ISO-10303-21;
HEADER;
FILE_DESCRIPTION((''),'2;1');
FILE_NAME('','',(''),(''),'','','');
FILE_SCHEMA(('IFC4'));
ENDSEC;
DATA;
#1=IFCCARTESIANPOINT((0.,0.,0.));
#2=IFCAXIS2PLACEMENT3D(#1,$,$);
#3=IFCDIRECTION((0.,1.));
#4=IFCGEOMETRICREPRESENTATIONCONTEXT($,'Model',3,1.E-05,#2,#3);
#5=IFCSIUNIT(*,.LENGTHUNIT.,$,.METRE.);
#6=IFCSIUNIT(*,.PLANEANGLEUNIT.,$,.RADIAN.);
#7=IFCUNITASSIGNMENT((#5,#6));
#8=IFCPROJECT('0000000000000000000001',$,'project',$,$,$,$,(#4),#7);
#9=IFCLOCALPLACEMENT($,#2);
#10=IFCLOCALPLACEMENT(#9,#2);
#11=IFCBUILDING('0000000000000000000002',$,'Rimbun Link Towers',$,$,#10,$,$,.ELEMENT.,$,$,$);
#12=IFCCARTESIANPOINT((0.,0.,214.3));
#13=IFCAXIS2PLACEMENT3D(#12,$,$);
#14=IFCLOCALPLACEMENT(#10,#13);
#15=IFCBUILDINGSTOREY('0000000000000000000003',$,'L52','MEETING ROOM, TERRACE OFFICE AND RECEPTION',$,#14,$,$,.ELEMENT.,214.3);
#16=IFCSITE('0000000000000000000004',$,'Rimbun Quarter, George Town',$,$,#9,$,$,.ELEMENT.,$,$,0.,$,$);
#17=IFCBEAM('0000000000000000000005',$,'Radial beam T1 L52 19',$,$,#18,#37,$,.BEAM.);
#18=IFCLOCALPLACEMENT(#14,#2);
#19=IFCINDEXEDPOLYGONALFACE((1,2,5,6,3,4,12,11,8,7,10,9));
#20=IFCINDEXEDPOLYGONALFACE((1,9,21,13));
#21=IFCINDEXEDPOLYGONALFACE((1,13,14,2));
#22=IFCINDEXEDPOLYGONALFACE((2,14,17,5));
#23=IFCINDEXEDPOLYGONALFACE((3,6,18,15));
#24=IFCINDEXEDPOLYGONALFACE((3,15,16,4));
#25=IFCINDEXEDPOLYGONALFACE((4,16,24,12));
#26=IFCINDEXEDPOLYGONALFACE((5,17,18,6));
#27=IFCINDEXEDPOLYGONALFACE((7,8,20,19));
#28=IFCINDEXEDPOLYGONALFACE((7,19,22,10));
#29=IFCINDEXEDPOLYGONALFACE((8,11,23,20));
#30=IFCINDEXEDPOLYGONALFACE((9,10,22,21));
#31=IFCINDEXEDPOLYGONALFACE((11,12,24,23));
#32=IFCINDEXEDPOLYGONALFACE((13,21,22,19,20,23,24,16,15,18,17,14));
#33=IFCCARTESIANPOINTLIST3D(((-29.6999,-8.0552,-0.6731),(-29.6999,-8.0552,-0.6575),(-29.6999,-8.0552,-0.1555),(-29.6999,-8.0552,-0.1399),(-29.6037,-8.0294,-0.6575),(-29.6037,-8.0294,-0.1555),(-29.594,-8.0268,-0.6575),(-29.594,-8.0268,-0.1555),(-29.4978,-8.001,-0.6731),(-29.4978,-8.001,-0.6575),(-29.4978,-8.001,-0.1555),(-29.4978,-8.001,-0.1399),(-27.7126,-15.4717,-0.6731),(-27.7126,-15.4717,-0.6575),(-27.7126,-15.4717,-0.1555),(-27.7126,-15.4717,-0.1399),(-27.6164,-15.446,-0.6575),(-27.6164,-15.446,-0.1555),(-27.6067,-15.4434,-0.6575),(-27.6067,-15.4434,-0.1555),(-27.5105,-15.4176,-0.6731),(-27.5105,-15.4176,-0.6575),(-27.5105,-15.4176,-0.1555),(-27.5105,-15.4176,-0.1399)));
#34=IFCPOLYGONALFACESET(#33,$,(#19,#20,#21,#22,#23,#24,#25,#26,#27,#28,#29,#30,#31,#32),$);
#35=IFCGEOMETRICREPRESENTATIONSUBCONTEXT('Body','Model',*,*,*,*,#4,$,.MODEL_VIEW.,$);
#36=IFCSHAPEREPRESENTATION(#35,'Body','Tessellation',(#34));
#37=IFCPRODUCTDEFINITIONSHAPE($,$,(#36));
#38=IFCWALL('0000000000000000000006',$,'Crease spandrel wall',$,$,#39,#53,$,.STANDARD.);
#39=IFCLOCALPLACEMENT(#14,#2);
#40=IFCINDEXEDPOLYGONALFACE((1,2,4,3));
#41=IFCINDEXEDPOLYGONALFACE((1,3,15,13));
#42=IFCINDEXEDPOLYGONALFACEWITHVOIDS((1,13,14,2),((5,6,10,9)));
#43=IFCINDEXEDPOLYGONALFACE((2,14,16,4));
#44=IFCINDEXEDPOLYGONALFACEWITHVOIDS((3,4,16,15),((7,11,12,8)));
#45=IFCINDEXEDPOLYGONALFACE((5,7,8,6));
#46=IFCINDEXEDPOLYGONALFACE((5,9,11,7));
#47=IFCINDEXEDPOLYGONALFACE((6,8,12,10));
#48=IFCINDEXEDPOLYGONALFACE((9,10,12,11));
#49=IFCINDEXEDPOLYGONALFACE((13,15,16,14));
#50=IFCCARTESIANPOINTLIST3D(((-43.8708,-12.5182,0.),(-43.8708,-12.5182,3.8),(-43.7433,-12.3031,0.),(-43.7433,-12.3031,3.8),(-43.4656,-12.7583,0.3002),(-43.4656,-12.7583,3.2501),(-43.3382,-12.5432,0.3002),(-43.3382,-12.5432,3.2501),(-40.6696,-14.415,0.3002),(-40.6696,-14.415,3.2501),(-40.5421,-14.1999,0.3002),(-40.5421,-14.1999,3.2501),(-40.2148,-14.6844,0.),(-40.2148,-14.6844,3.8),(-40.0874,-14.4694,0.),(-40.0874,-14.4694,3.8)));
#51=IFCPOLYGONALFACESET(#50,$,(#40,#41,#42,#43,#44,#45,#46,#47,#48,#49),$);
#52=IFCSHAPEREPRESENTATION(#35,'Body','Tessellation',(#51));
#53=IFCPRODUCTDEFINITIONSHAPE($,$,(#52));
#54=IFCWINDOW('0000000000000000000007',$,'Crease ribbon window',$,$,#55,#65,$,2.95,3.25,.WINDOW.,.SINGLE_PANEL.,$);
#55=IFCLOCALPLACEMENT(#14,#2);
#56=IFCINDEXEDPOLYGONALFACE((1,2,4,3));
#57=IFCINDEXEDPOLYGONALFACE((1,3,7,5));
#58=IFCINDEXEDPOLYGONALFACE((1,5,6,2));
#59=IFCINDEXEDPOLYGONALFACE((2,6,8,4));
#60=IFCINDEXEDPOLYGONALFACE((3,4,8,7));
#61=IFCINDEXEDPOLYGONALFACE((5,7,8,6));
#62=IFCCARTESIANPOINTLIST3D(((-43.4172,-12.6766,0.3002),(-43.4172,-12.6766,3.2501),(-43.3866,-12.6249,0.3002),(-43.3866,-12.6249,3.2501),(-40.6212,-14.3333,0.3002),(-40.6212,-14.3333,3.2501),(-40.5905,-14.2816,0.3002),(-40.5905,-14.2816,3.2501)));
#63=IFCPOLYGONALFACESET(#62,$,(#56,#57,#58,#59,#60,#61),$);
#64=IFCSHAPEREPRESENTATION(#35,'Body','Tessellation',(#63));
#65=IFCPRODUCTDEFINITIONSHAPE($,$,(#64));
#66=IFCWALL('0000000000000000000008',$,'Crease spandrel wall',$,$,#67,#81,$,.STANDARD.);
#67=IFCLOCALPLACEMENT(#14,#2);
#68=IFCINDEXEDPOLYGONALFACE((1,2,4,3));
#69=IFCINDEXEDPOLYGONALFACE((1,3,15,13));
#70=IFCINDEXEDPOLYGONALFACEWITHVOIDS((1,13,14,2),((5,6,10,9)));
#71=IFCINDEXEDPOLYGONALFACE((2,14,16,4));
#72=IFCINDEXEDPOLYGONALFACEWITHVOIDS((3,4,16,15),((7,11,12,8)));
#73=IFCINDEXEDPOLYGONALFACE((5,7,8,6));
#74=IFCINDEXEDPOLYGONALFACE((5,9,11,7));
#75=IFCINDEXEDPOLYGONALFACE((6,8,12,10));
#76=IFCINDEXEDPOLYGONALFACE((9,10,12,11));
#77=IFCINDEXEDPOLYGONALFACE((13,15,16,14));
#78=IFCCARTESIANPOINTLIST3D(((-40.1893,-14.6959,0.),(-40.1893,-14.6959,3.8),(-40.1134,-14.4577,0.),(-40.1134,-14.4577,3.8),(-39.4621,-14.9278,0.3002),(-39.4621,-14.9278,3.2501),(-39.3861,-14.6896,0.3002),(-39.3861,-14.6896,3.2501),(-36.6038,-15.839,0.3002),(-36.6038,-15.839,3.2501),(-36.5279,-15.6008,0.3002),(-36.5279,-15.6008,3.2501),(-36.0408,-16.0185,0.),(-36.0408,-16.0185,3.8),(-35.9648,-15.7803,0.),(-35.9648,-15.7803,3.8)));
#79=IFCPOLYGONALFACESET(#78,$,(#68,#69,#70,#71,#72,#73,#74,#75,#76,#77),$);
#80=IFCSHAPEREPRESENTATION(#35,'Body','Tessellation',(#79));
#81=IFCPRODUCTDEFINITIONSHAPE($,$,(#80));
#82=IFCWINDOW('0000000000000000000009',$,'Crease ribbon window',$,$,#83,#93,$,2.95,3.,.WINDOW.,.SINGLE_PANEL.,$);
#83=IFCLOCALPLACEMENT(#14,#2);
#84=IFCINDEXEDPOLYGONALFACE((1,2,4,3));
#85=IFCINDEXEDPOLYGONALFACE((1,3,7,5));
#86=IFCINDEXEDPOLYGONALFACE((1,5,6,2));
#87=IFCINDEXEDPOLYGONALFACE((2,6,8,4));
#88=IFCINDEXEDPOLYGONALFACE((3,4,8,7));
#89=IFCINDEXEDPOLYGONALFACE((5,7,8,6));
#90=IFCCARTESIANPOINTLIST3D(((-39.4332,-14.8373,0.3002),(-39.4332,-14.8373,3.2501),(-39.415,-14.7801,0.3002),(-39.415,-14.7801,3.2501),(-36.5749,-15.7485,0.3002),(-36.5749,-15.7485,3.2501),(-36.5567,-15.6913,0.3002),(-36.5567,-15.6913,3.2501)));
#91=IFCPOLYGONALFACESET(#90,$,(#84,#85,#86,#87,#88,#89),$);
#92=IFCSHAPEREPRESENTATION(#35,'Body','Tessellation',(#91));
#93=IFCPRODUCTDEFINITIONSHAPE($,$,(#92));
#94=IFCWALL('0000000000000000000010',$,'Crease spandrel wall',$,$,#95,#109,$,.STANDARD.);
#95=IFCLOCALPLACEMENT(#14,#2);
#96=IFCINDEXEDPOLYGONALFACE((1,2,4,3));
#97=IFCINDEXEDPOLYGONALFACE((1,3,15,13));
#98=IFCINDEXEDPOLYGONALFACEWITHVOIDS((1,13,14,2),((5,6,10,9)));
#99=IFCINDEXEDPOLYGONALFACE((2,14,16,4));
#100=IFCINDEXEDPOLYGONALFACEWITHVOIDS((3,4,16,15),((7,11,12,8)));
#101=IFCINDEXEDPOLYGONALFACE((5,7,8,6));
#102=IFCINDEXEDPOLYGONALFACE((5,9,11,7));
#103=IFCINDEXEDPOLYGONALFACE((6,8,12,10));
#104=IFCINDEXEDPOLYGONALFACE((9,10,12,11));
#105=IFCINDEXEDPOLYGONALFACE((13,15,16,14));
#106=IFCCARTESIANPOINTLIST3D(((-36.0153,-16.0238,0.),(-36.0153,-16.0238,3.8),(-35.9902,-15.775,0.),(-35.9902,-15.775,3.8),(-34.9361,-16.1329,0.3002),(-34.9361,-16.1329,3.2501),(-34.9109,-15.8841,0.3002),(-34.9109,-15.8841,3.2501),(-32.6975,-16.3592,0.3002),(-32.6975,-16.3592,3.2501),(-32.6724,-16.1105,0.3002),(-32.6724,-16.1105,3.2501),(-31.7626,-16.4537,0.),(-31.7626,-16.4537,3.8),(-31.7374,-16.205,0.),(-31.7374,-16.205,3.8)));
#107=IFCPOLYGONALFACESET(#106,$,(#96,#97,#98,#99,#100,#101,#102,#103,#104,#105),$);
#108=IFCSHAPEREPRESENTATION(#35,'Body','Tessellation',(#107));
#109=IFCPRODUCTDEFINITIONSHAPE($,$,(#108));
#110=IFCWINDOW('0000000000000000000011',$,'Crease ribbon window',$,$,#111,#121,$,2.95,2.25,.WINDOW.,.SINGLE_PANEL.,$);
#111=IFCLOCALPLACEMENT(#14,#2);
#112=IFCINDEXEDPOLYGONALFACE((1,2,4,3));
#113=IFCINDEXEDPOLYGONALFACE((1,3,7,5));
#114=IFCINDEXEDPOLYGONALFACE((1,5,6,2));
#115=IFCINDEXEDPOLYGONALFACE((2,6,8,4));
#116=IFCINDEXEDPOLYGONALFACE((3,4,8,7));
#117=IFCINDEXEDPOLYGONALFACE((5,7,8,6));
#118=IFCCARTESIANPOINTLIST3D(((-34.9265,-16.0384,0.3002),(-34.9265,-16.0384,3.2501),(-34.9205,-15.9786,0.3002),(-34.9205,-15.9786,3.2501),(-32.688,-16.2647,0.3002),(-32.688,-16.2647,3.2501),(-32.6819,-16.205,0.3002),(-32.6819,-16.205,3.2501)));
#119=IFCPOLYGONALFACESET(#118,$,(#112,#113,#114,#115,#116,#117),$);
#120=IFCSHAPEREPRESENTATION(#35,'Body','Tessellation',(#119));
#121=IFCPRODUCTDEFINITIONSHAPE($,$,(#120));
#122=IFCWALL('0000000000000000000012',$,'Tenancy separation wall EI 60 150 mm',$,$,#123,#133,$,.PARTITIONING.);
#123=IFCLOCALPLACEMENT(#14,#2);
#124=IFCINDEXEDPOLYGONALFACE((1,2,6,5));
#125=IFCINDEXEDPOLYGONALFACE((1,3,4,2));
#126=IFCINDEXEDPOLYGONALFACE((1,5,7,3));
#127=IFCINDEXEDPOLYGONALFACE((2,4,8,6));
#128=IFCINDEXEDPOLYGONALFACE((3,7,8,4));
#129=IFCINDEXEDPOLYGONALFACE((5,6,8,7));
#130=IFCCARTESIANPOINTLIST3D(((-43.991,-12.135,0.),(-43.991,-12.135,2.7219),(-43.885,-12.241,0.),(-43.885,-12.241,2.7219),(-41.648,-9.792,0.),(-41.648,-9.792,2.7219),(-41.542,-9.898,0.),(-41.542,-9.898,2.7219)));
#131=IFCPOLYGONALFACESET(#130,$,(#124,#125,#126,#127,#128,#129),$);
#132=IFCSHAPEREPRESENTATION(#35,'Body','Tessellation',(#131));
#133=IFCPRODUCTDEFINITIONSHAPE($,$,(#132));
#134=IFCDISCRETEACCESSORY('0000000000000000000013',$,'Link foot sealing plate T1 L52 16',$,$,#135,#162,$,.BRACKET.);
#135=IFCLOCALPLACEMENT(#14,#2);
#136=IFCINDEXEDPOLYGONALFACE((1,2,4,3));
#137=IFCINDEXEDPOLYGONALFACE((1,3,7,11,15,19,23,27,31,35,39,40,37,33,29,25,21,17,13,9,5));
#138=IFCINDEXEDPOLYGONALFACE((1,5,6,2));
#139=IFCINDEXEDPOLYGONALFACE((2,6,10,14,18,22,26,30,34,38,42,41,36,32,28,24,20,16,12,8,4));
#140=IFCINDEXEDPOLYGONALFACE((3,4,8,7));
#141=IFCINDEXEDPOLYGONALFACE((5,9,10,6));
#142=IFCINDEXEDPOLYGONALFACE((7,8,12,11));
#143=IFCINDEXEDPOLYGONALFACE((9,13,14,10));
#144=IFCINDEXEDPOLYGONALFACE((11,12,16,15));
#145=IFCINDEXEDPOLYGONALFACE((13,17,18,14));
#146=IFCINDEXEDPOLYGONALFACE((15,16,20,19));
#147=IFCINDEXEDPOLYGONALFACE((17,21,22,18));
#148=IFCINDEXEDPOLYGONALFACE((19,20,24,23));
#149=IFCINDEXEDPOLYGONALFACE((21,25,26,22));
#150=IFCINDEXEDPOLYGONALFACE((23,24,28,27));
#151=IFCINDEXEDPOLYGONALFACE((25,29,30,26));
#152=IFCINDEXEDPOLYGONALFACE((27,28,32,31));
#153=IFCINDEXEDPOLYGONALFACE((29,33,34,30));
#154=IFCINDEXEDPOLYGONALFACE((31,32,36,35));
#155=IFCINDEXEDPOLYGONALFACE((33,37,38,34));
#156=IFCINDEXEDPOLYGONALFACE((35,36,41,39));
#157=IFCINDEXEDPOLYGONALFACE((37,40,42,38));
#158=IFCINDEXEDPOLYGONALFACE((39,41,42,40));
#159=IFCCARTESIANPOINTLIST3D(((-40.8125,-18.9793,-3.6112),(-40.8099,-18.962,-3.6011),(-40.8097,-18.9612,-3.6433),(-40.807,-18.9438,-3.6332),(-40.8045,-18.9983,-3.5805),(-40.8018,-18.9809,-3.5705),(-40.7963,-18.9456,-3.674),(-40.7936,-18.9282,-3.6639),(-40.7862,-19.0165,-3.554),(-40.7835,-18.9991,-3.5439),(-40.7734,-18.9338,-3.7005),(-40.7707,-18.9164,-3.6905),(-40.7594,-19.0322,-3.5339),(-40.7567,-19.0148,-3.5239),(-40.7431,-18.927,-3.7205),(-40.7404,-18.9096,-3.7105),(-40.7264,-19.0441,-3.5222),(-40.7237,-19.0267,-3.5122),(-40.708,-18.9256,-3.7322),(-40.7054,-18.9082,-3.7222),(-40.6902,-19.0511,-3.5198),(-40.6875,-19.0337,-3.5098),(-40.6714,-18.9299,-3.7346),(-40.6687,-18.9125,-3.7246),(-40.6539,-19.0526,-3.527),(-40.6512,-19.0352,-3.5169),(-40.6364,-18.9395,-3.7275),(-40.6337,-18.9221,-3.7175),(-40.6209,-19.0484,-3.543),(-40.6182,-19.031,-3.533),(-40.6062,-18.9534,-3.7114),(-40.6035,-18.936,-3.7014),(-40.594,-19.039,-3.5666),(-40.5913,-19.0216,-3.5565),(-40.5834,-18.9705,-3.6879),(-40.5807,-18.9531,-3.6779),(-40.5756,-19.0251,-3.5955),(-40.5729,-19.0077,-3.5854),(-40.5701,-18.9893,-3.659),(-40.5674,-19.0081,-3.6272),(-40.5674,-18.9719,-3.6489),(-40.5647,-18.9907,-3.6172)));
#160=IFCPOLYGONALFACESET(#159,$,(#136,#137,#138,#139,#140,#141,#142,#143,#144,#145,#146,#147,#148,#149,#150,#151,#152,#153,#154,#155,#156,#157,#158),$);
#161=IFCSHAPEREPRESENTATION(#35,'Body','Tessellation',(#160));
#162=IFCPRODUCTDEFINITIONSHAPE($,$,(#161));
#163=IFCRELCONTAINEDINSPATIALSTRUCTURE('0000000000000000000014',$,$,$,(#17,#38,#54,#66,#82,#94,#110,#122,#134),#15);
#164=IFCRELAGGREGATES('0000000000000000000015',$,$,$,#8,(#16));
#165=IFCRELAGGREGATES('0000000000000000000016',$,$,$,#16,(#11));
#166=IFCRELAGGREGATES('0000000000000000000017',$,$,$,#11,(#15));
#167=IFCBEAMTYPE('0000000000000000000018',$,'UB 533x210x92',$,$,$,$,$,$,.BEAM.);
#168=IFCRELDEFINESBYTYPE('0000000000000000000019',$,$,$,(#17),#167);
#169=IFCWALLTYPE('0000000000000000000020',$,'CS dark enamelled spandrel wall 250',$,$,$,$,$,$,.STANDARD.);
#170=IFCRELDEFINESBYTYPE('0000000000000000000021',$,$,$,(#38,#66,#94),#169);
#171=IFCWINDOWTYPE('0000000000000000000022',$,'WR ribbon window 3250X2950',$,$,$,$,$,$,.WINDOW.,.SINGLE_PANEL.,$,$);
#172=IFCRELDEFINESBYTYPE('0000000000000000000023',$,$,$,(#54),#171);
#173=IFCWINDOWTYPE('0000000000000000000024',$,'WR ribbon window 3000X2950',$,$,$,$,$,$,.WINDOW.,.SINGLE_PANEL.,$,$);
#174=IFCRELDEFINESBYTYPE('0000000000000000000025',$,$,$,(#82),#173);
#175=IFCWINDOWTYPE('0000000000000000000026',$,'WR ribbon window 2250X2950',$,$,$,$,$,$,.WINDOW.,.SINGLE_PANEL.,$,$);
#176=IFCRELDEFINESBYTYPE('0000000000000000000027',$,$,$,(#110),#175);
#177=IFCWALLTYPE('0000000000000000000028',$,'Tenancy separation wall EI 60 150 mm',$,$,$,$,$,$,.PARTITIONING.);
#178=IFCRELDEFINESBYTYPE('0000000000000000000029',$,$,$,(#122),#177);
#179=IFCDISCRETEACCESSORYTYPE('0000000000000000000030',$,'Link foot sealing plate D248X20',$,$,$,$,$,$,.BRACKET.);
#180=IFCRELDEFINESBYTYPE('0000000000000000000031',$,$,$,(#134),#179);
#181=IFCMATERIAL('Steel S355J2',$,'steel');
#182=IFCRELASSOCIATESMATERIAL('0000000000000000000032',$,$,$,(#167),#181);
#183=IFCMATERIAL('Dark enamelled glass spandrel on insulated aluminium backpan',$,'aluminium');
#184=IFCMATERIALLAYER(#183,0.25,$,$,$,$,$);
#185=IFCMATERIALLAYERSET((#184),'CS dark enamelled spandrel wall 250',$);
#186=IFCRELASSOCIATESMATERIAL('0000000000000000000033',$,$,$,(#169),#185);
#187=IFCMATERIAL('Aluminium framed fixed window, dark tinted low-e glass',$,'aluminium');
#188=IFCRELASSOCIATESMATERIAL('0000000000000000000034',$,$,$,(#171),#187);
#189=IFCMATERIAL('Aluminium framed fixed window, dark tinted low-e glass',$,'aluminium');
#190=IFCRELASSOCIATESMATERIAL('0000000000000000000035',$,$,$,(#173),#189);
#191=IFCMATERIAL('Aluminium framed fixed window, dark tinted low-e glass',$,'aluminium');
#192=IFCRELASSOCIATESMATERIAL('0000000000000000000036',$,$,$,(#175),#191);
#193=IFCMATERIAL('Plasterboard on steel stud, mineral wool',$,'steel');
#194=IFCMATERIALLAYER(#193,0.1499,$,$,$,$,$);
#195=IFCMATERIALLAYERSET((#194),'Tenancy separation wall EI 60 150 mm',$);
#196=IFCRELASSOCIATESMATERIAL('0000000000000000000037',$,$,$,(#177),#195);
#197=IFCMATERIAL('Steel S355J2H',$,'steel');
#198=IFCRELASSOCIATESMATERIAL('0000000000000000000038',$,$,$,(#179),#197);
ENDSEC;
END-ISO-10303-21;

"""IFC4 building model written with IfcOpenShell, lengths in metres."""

from ifc_helpers import new_model, si_unit, direction, frame, frame_2d, origin, origin_2d, place, context, subcontext, project, spatial, rectangle, circle, i_section, extrude, material, layer, layer_set, material_profile, profile_set, type_object, element, fill, save


model = new_model("IFC4")

# Units and contexts
model_context = context("Model", 3, precision=1e-05, world=origin(), true_north=direction((0.0, 1.0)))
body_context = subcontext(model_context, "Body", "Model", "MODEL_VIEW")
ifc_project = project(units=[si_unit("LENGTHUNIT", "METRE"), si_unit("PLANEANGLEUNIT", "RADIAN")], contexts=[model_context])

# Site, building, storey
site_placement = place(None, origin())
site = spatial("IfcSite", under=ifc_project, at=site_placement, Name="Rimbun Quarter, George Town", CompositionType="ELEMENT", RefElevation=0.0)
building_placement = place(site_placement, origin())
building = spatial("IfcBuilding", under=site, at=building_placement, Name="Rimbun Link Towers", CompositionType="ELEMENT")
storey_placement = place(building_placement, frame((0.0, 0.0, 214.3)))
storey = spatial("IfcBuildingStorey", under=building, at=storey_placement, Name="L52", Description="MEETING ROOM, TERRACE OFFICE AND RECEPTION", CompositionType="ELEMENT", Elevation=214.3)

# Beam
ifc_material_1 = material(Name="Steel S355J2", Category="steel")
ifc_material_profile_1 = material_profile(ifc_material_1, i_section(OverallWidth=0.2092, OverallDepth=0.5332, WebThickness=0.01, FlangeThickness=0.0156, at=origin_2d()), Name="UB 533x210x92")
ifc_profile_set_1 = profile_set([ifc_material_profile_1], Name="Steel S355J2")
beam_type_1 = type_object("IfcBeamType", Name="UB 533x210x92", PredefinedType="BEAM", material=ifc_profile_set_1)
beam_1_placement = place(storey_placement, frame((-29.5989, -8.0281, -0.4065), z_axis=(0.258826, -0.965924, 0.0), x_axis=(0.965924, 0.258826, 0.0)))
element("IfcBeam", 1, at=beam_1_placement, inside=storey, type_object=beam_type_1, Name="Radial beam T1 L52 19", PredefinedType="BEAM", context=body_context, shape_type="SweptSolid", body=[
    extrude(i_section(OverallWidth=0.2092, OverallDepth=0.5332, WebThickness=0.01, FlangeThickness=0.0156, at=origin_2d()), origin(), (0.0, 0.0, 1.0), 7.6782),
])

# Walls, openings, windows
ifc_material_2 = material(Name="Dark enamelled glass spandrel on insulated aluminium backpan", Category="aluminium")
ifc_layer_1 = layer(ifc_material_2, 0.25)
ifc_layer_set_1 = layer_set([ifc_layer_1], Name="CS dark enamelled spandrel wall 250")
wall_type_1 = type_object("IfcWallType", Name="CS dark enamelled spandrel wall 250", PredefinedType="STANDARD", material=ifc_layer_set_1)
wall_1_placement = place(storey_placement, frame((-40.1511, -14.5769, 0.0), z_axis=(0.0, 0.0, 1.0), x_axis=(-0.860319, 0.509757, 0.0)))
wall_1 = element("IfcWall", 2, at=wall_1_placement, inside=storey, type_object=wall_type_1, Name="Crease spandrel wall", PredefinedType="STANDARD", context=body_context, shape_type="SweptSolid", body=[
    extrude(rectangle(XDim=4.2495, YDim=0.25, at=frame_2d((2.1248, 0.0))), origin(), (0.0, 0.0, 1.0), 3.8),
])
opening_1_placement = place(wall_1_placement, frame((0.5286, 0.0, 0.3)))
opening_1 = element("IfcOpeningElement", 3, at=opening_1_placement, cuts=wall_1, PredefinedType="OPENING", context=body_context, shape_type="SweptSolid", body=[
    extrude(rectangle(XDim=3.25, YDim=2.95, at=frame_2d((1.625, 1.4751))), frame((0.0, 0.135, 0.0), z_axis=(0.0, -1.0, 0.0), x_axis=(1.0, 0.0, 0.0)), (0.0, 0.0, 1.0), 0.27),
])
ifc_material_3 = material(Name="Aluminium framed fixed window, dark tinted low-e glass", Category="aluminium")
window_type_1 = type_object("IfcWindowType", Name="WR ribbon window 3250X2950", PartitioningType="SINGLE_PANEL", PredefinedType="WINDOW", material=ifc_material_3)
window_1_placement = place(opening_1_placement, origin())
window_1 = element("IfcWindow", 4, at=window_1_placement, inside=storey, type_object=window_type_1, Name="Crease ribbon window", OverallHeight=2.95, OverallWidth=3.25, PartitioningType="SINGLE_PANEL", PredefinedType="WINDOW", context=body_context, shape_type="SweptSolid", body=[
    extrude(rectangle(XDim=3.25, YDim=2.95, at=frame_2d((1.625, 1.4751))), frame((0.0, 0.03, 0.0), z_axis=(0.0, -1.0, 0.0), x_axis=(1.0, 0.0, 0.0)), (0.0, 0.0, 1.0), 0.0601),
])
fill(opening_1, window_1)
wall_2_placement = place(storey_placement, frame((-36.0027, -15.8994, 0.0), z_axis=(0.0, 0.0, 1.0), x_axis=(-0.952756, 0.303736, 0.0)))
wall_2 = element("IfcWall", 5, at=wall_2_placement, inside=storey, type_object=wall_type_1, Name="Crease spandrel wall", PredefinedType="STANDARD", context=body_context, shape_type="SweptSolid", body=[
    extrude(rectangle(XDim=4.3542, YDim=0.25, at=frame_2d((2.1772, 0.0))), origin(), (0.0, 0.0, 1.0), 3.8),
])
opening_2_placement = place(wall_2_placement, frame((0.5911, 0.0, 0.3)))
opening_2 = element("IfcOpeningElement", 6, at=opening_2_placement, cuts=wall_2, PredefinedType="OPENING", context=body_context, shape_type="SweptSolid", body=[
    extrude(rectangle(XDim=3.0, YDim=2.95, at=frame_2d((1.5, 1.4751))), frame((0.0, 0.135, 0.0), z_axis=(0.0, -1.0, 0.0), x_axis=(1.0, 0.0, 0.0)), (0.0, 0.0, 1.0), 0.27),
])
ifc_material_4 = material(Name="Aluminium framed fixed window, dark tinted low-e glass", Category="aluminium")
window_type_2 = type_object("IfcWindowType", Name="WR ribbon window 3000X2950", PartitioningType="SINGLE_PANEL", PredefinedType="WINDOW", material=ifc_material_4)
window_2_placement = place(opening_2_placement, origin())
window_2 = element("IfcWindow", 7, at=window_2_placement, inside=storey, type_object=window_type_2, Name="Crease ribbon window", OverallHeight=2.95, OverallWidth=3.0, PartitioningType="SINGLE_PANEL", PredefinedType="WINDOW", context=body_context, shape_type="SweptSolid", body=[
    extrude(rectangle(XDim=3.0, YDim=2.95, at=frame_2d((1.5, 1.4751))), frame((0.0, 0.03, 0.0), z_axis=(0.0, -1.0, 0.0), x_axis=(1.0, 0.0, 0.0)), (0.0, 0.0, 1.0), 0.0601),
])
fill(opening_2, window_2)
wall_3_placement = place(storey_placement, frame((-31.75, -16.3293, 0.0), z_axis=(0.0, 0.0, 1.0), x_axis=(-0.994929, 0.100584, 0.0)))
wall_3 = element("IfcWall", 8, at=wall_3_placement, inside=storey, type_object=wall_type_1, Name="Crease spandrel wall", PredefinedType="STANDARD", context=body_context, shape_type="SweptSolid", body=[
    extrude(rectangle(XDim=4.2744, YDim=0.25, at=frame_2d((2.1372, 0.0))), origin(), (0.0, 0.0, 1.0), 3.8),
])
opening_3_placement = place(wall_3_placement, frame((0.9397, 0.0, 0.3)))
opening_3 = element("IfcOpeningElement", 9, at=opening_3_placement, cuts=wall_3, PredefinedType="OPENING", context=body_context, shape_type="SweptSolid", body=[
    extrude(rectangle(XDim=2.25, YDim=2.95, at=frame_2d((1.125, 1.4751))), frame((0.0, 0.135, 0.0), z_axis=(0.0, -1.0, 0.0), x_axis=(1.0, 0.0, 0.0)), (0.0, 0.0, 1.0), 0.27),
])
ifc_material_5 = material(Name="Aluminium framed fixed window, dark tinted low-e glass", Category="aluminium")
window_type_3 = type_object("IfcWindowType", Name="WR ribbon window 2250X2950", PartitioningType="SINGLE_PANEL", PredefinedType="WINDOW", material=ifc_material_5)
window_3_placement = place(opening_3_placement, origin())
window_3 = element("IfcWindow", 10, at=window_3_placement, inside=storey, type_object=window_type_3, Name="Crease ribbon window", OverallHeight=2.95, OverallWidth=2.25, PartitioningType="SINGLE_PANEL", PredefinedType="WINDOW", context=body_context, shape_type="SweptSolid", body=[
    extrude(rectangle(XDim=2.25, YDim=2.95, at=frame_2d((1.125, 1.4751))), frame((0.0, 0.03, 0.0), z_axis=(0.0, -1.0, 0.0), x_axis=(1.0, 0.0, 0.0)), (0.0, 0.0, 1.0), 0.0601),
])
fill(opening_3, window_3)

# Wall
ifc_material_6 = material(Name="Plasterboard on steel stud, mineral wool", Category="steel")
ifc_layer_2 = layer(ifc_material_6, 0.1499)
ifc_layer_set_2 = layer_set([ifc_layer_2], Name="Tenancy separation wall EI 60 150 mm")
wall_type_2 = type_object("IfcWallType", Name="Tenancy separation wall EI 60 150 mm", PredefinedType="PARTITIONING", material=ifc_layer_set_2)
wall_4_placement = place(storey_placement, frame((-41.595, -9.845, 0.0), z_axis=(0.0, 0.0, 1.0), x_axis=(-0.707107, -0.707107, 0.0)))
element("IfcWall", 11, at=wall_4_placement, inside=storey, type_object=wall_type_2, Name="Tenancy separation wall EI 60 150 mm", PredefinedType="PARTITIONING", context=body_context, shape_type="SweptSolid", body=[
    extrude(rectangle(XDim=3.3135, YDim=0.1499, at=frame_2d((1.6567, 0.0))), origin(), (0.0, 0.0, 1.0), 2.7219),
])

# Discrete accessory
ifc_material_7 = material(Name="Steel S355J2H", Category="steel")
ifc_material_profile_2 = material_profile(ifc_material_7, circle(Radius=0.124, at=origin_2d()), Name="PL D248")
ifc_profile_set_2 = profile_set([ifc_material_profile_2], Name="Steel S355J2H")
discrete_accessory_type = type_object("IfcDiscreteAccessoryType", Name="Link foot sealing plate D248X20", PredefinedType="BRACKET", material=ifc_profile_set_2)
for number, where, z_axis, x_axis, name in (
    (12, (-40.6873, -18.9717, -3.6172), (-0.132975, -0.858292, -0.495633), (0.98821, -0.153103, 0.0), "Link foot sealing plate T1 L52 16"),
):
    element("IfcDiscreteAccessory", number, at=place(storey_placement, frame(where, z_axis=z_axis, x_axis=x_axis)), inside=storey, type_object=discrete_accessory_type, Name=name, PredefinedType="BRACKET", context=body_context, shape_type="SweptSolid", body=[
        extrude(circle(Radius=0.124, at=origin_2d()), origin(), (0.0, 0.0, 1.0), 0.0203),
    ])

save(model, "model.ifc")
